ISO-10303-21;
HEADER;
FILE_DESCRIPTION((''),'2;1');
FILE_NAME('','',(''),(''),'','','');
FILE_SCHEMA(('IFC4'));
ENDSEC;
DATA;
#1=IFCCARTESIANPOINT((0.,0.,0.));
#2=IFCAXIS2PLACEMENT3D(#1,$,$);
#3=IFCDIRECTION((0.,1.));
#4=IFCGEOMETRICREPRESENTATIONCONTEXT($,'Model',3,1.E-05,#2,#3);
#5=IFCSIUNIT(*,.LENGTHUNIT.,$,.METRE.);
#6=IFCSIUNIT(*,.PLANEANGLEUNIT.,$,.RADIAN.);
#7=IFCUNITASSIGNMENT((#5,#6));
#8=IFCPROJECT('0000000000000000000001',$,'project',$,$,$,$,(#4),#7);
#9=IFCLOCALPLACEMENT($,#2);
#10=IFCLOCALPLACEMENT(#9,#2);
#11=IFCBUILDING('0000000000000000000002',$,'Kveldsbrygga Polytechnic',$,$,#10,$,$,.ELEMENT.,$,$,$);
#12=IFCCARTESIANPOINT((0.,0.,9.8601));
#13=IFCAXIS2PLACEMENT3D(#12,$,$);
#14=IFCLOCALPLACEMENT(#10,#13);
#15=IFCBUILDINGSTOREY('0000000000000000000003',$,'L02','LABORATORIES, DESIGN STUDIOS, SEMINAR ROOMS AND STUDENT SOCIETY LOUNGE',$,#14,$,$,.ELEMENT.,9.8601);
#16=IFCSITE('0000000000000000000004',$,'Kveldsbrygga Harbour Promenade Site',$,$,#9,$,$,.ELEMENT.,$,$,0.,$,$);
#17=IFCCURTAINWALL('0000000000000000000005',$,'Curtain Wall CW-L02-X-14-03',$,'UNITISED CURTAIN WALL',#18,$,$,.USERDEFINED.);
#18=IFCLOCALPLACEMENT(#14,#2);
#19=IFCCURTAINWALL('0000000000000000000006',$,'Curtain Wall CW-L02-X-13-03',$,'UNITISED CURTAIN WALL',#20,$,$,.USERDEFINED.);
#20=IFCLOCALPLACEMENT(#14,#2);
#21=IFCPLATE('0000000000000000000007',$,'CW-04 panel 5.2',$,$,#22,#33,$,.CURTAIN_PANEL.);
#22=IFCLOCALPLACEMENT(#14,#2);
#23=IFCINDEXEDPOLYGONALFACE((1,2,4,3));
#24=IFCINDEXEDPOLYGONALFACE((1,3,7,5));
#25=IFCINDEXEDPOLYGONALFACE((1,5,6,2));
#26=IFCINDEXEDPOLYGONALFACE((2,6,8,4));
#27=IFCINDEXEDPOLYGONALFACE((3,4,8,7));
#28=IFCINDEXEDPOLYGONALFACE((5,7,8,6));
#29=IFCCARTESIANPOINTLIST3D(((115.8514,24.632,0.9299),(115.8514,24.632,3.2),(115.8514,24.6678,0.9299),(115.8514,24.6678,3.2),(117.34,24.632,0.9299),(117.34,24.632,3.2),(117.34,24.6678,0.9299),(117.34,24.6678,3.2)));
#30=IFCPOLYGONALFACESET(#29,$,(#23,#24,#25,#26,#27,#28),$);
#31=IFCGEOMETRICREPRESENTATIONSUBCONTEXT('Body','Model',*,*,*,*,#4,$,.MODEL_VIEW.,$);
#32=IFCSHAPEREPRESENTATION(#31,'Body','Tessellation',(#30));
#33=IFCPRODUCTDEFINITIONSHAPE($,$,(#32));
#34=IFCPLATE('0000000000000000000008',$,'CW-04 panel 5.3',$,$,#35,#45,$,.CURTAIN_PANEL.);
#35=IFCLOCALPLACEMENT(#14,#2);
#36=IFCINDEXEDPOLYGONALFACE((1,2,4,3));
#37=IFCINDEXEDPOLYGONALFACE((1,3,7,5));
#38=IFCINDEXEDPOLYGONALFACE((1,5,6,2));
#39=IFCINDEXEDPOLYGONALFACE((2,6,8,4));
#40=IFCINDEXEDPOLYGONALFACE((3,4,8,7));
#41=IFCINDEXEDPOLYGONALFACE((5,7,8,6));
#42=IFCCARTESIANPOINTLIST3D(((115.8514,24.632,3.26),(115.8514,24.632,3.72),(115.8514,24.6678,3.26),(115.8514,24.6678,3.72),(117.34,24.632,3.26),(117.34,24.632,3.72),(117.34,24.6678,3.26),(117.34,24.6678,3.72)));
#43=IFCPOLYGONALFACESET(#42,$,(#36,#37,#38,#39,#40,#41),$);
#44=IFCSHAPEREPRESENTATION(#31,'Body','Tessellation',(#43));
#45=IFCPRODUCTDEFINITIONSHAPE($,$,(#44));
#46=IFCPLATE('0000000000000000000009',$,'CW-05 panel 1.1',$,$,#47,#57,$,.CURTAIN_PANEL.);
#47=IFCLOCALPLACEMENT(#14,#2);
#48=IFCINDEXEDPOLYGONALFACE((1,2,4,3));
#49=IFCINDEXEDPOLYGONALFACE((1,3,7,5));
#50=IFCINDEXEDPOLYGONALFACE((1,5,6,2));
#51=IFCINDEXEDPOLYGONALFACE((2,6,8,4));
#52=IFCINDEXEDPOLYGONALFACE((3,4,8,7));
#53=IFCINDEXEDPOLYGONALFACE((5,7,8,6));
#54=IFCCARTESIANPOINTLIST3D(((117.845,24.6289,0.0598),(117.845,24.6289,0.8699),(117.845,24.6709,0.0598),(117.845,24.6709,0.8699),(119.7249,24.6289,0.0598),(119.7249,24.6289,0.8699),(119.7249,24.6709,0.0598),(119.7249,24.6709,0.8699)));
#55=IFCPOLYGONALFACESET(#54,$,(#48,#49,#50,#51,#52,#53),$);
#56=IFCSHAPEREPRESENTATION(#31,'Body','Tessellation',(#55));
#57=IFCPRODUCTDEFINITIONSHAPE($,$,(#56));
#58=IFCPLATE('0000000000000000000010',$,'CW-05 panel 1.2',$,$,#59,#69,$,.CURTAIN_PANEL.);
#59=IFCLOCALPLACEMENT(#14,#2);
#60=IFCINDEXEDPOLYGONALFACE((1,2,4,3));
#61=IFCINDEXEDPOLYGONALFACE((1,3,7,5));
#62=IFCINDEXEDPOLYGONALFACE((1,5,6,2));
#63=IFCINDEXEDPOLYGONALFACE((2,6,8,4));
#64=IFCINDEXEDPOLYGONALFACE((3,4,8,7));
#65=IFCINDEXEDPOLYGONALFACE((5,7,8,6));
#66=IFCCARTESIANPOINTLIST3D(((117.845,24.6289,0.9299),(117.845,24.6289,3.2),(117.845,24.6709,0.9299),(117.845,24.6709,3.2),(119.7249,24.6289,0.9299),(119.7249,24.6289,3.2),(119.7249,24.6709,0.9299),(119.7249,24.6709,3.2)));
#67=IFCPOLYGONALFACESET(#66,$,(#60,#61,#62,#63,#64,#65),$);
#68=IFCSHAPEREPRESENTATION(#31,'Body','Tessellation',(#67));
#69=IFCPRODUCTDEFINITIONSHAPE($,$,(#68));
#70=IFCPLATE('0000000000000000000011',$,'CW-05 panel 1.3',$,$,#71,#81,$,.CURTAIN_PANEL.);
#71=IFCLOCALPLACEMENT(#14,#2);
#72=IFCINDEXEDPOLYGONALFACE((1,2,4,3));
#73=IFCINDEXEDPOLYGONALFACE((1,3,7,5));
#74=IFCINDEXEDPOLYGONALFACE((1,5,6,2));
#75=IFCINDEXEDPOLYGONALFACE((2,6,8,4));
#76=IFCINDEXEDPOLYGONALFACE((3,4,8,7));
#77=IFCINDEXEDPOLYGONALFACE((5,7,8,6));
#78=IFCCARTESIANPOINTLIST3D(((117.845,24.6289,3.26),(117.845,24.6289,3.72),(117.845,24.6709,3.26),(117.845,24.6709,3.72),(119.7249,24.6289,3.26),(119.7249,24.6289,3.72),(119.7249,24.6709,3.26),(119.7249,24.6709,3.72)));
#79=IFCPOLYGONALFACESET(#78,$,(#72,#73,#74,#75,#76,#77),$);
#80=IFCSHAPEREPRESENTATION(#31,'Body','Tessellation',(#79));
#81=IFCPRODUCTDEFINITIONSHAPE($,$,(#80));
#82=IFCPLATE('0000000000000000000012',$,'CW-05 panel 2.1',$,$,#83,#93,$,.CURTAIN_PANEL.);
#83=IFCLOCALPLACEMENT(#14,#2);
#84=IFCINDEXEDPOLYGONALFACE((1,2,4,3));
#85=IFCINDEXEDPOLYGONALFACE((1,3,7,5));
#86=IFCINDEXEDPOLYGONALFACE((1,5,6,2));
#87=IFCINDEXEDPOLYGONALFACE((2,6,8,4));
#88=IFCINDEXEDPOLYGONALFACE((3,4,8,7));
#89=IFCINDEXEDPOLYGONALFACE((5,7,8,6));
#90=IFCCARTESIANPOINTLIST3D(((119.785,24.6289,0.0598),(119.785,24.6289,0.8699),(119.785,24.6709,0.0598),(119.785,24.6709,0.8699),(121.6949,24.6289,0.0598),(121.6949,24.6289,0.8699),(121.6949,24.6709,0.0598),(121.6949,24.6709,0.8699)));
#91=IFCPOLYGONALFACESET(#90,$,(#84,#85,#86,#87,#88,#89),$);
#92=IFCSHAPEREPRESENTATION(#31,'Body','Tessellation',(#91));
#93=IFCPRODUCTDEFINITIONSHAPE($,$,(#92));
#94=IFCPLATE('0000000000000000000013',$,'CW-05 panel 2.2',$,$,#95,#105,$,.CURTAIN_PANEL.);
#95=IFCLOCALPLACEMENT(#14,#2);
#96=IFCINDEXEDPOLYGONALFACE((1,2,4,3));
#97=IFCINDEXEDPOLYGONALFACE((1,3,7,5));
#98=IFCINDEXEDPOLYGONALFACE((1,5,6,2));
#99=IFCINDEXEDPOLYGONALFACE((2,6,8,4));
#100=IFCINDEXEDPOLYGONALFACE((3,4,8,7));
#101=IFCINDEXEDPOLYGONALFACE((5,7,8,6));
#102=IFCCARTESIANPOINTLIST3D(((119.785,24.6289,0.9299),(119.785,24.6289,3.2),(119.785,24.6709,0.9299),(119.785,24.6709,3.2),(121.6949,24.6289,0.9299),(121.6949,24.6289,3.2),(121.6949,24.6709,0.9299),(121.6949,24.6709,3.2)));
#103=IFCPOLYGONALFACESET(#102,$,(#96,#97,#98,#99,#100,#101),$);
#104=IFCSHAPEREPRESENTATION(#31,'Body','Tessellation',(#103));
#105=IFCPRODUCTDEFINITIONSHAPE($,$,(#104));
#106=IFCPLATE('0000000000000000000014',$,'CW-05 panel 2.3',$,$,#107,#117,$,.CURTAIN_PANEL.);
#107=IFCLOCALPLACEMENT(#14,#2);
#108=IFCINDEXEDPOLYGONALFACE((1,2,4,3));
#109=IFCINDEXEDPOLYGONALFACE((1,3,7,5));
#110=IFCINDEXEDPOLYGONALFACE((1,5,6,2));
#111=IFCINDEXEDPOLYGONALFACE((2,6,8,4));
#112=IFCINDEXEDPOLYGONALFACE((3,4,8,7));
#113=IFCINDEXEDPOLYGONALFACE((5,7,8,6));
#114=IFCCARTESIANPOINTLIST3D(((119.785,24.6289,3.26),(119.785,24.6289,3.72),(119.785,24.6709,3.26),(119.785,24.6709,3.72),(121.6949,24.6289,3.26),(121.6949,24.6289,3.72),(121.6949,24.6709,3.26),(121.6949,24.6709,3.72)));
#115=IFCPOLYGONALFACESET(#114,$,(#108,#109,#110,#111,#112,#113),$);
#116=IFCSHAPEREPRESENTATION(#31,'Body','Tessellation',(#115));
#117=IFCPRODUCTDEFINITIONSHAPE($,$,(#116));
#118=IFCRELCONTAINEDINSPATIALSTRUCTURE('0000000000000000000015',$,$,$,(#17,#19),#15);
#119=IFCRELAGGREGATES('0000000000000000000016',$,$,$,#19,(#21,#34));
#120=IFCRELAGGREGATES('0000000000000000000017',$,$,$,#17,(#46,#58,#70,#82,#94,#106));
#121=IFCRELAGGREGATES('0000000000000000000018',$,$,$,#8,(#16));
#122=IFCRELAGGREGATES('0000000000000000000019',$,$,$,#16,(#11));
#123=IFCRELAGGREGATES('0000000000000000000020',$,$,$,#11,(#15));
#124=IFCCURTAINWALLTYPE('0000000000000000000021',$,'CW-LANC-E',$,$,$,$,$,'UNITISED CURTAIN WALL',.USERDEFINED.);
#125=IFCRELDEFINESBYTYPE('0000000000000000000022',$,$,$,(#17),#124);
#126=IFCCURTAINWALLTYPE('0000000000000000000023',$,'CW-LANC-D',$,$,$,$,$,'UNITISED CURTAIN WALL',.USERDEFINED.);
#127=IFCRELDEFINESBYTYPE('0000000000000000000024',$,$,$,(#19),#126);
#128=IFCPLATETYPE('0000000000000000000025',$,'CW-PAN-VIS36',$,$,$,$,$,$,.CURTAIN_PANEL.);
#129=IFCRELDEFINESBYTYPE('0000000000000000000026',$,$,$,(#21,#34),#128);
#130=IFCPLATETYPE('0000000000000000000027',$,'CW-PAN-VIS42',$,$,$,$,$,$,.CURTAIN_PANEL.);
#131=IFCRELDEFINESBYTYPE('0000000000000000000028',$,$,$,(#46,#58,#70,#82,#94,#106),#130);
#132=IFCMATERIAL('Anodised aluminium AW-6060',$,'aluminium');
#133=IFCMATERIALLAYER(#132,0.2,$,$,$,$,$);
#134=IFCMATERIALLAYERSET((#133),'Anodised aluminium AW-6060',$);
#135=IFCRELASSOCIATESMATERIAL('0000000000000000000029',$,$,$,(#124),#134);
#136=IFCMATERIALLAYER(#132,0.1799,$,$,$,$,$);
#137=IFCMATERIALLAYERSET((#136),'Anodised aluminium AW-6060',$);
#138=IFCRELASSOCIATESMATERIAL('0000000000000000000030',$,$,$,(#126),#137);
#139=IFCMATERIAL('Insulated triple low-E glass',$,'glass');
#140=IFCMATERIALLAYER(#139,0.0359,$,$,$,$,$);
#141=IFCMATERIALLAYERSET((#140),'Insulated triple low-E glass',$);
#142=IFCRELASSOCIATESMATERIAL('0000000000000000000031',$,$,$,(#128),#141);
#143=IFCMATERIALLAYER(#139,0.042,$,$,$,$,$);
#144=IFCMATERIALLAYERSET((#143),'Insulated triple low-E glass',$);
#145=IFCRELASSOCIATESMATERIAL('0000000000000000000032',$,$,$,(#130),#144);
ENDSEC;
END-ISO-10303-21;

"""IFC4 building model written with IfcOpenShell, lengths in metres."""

from ifc_helpers import new_model, si_unit, direction, frame, origin, origin_2d, place, context, subcontext, project, spatial, rectangle, extrude, material, layer, layer_set, type_object, element, aggregate, save


model = new_model("IFC4")

# Units and contexts
model_context = context("Model", 3, precision=1e-05, world=origin(), true_north=direction((0.0, 1.0)))
body_context = subcontext(model_context, "Body", "Model", "MODEL_VIEW")
ifc_project = project(units=[si_unit("LENGTHUNIT", "METRE"), si_unit("PLANEANGLEUNIT", "RADIAN")], contexts=[model_context])

# Site, building, storey
site_placement = place(None, origin())
site = spatial("IfcSite", under=ifc_project, at=site_placement, Name="Kveldsbrygga Harbour Promenade Site", CompositionType="ELEMENT", RefElevation=0.0)
building_placement = place(site_placement, origin())
building = spatial("IfcBuilding", under=site, at=building_placement, Name="Kveldsbrygga Polytechnic", CompositionType="ELEMENT")
storey_placement = place(building_placement, frame((0.0, 0.0, 9.8601)))
storey = spatial("IfcBuildingStorey", under=building, at=storey_placement, Name="L02", Description="LABORATORIES, DESIGN STUDIOS, SEMINAR ROOMS AND STUDENT SOCIETY LOUNGE", CompositionType="ELEMENT", Elevation=9.8601)

# Curtain wall
ifc_material_1 = material(Name="Anodised aluminium AW-6060", Category="aluminium")
ifc_layer_1 = layer(ifc_material_1, 0.2)
ifc_layer_set_1 = layer_set([ifc_layer_1], Name="Anodised aluminium AW-6060")
curtain_wall_type_1 = type_object("IfcCurtainWallType", Name="CW-LANC-E", ElementType="UNITISED CURTAIN WALL", PredefinedType="USERDEFINED", material=ifc_layer_set_1)
curtain_wall_1_placement = place(storey_placement, origin())
curtain_wall_1 = element("IfcCurtainWall", 1, at=curtain_wall_1_placement, inside=storey, type_object=curtain_wall_type_1, Name="Curtain Wall CW-L02-X-14-03", ObjectType="UNITISED CURTAIN WALL", PredefinedType="USERDEFINED")

# Curtain wall
ifc_layer_2 = layer(ifc_material_1, 0.1799)
ifc_layer_set_2 = layer_set([ifc_layer_2], Name="Anodised aluminium AW-6060")
curtain_wall_type_2 = type_object("IfcCurtainWallType", Name="CW-LANC-D", ElementType="UNITISED CURTAIN WALL", PredefinedType="USERDEFINED", material=ifc_layer_set_2)
curtain_wall_2_placement = place(storey_placement, origin())
curtain_wall_2 = element("IfcCurtainWall", 2, at=curtain_wall_2_placement, inside=storey, type_object=curtain_wall_type_2, Name="Curtain Wall CW-L02-X-13-03", ObjectType="UNITISED CURTAIN WALL", PredefinedType="USERDEFINED")

# Plates
ifc_material_2 = material(Name="Insulated triple low-E glass", Category="glass")
ifc_layer_3 = layer(ifc_material_2, 0.0359)
ifc_layer_set_3 = layer_set([ifc_layer_3], Name="Insulated triple low-E glass")
plate_type_1 = type_object("IfcPlateType", Name="CW-PAN-VIS36", PredefinedType="CURTAIN_PANEL", material=ifc_layer_set_3)
plate_1_placement = place(storey_placement, frame((116.5957, 24.6499, 0.9299), z_axis=(0.0, 0.0, 1.0), x_axis=(1.0, 0.0, 0.0)))
plate_1 = element("IfcPlate", 3, at=plate_1_placement, type_object=plate_type_1, Name="CW-04 panel 5.2", PredefinedType="CURTAIN_PANEL", context=body_context, shape_type="SweptSolid", body=[
    extrude(rectangle(XDim=1.4885, YDim=0.0359, at=origin_2d()), origin(), (0.0, 0.0, 1.0), 2.27),
])
plate_2_placement = place(storey_placement, frame((116.5957, 24.6499, 3.26), z_axis=(0.0, 0.0, 1.0), x_axis=(1.0, 0.0, 0.0)))
plate_2 = element("IfcPlate", 4, at=plate_2_placement, type_object=plate_type_1, Name="CW-04 panel 5.3", PredefinedType="CURTAIN_PANEL", context=body_context, shape_type="SweptSolid", body=[
    extrude(rectangle(XDim=1.4885, YDim=0.0359, at=origin_2d()), origin(), (0.0, 0.0, 1.0), 0.46),
])
aggregate(curtain_wall_2, [plate_1, plate_2])
ifc_layer_4 = layer(ifc_material_2, 0.042)
ifc_layer_set_4 = layer_set([ifc_layer_4], Name="Insulated triple low-E glass")
plate_type_2 = type_object("IfcPlateType", Name="CW-PAN-VIS42", PredefinedType="CURTAIN_PANEL", material=ifc_layer_set_4)
plate_3_placement = place(storey_placement, frame((118.7849, 24.6499, 0.0598), z_axis=(0.0, 0.0, 1.0), x_axis=(1.0, 0.0, 0.0)))
plate_3 = element("IfcPlate", 5, at=plate_3_placement, type_object=plate_type_2, Name="CW-05 panel 1.1", PredefinedType="CURTAIN_PANEL", context=body_context, shape_type="SweptSolid", body=[
    extrude(rectangle(XDim=1.8799, YDim=0.042, at=origin_2d()), origin(), (0.0, 0.0, 1.0), 0.8101),
])
plate_4_placement = place(storey_placement, frame((118.7849, 24.6499, 0.9299), z_axis=(0.0, 0.0, 1.0), x_axis=(1.0, 0.0, 0.0)))
plate_4 = element("IfcPlate", 6, at=plate_4_placement, type_object=plate_type_2, Name="CW-05 panel 1.2", PredefinedType="CURTAIN_PANEL", context=body_context, shape_type="SweptSolid", body=[
    extrude(rectangle(XDim=1.8799, YDim=0.042, at=origin_2d()), origin(), (0.0, 0.0, 1.0), 2.27),
])
plate_5_placement = place(storey_placement, frame((118.7849, 24.6499, 3.26), z_axis=(0.0, 0.0, 1.0), x_axis=(1.0, 0.0, 0.0)))
plate_5 = element("IfcPlate", 7, at=plate_5_placement, type_object=plate_type_2, Name="CW-05 panel 1.3", PredefinedType="CURTAIN_PANEL", context=body_context, shape_type="SweptSolid", body=[
    extrude(rectangle(XDim=1.8799, YDim=0.042, at=origin_2d()), origin(), (0.0, 0.0, 1.0), 0.46),
])
plate_6_placement = place(storey_placement, frame((120.74, 24.6499, 0.0598), z_axis=(0.0, 0.0, 1.0), x_axis=(1.0, 0.0, 0.0)))
plate_6 = element("IfcPlate", 8, at=plate_6_placement, type_object=plate_type_2, Name="CW-05 panel 2.1", PredefinedType="CURTAIN_PANEL", context=body_context, shape_type="SweptSolid", body=[
    extrude(rectangle(XDim=1.9099, YDim=0.042, at=origin_2d()), origin(), (0.0, 0.0, 1.0), 0.8101),
])
plate_7_placement = place(storey_placement, frame((120.74, 24.6499, 0.9299), z_axis=(0.0, 0.0, 1.0), x_axis=(1.0, 0.0, 0.0)))
plate_7 = element("IfcPlate", 9, at=plate_7_placement, type_object=plate_type_2, Name="CW-05 panel 2.2", PredefinedType="CURTAIN_PANEL", context=body_context, shape_type="SweptSolid", body=[
    extrude(rectangle(XDim=1.9099, YDim=0.042, at=origin_2d()), origin(), (0.0, 0.0, 1.0), 2.27),
])
plate_8_placement = place(storey_placement, frame((120.74, 24.6499, 3.26), z_axis=(0.0, 0.0, 1.0), x_axis=(1.0, 0.0, 0.0)))
plate_8 = element("IfcPlate", 10, at=plate_8_placement, type_object=plate_type_2, Name="CW-05 panel 2.3", PredefinedType="CURTAIN_PANEL", context=body_context, shape_type="SweptSolid", body=[
    extrude(rectangle(XDim=1.9099, YDim=0.042, at=origin_2d()), origin(), (0.0, 0.0, 1.0), 0.46),
])
aggregate(curtain_wall_1, [plate_3, plate_4, plate_5, plate_6, plate_7, plate_8])

save(model, "model.ifc")
